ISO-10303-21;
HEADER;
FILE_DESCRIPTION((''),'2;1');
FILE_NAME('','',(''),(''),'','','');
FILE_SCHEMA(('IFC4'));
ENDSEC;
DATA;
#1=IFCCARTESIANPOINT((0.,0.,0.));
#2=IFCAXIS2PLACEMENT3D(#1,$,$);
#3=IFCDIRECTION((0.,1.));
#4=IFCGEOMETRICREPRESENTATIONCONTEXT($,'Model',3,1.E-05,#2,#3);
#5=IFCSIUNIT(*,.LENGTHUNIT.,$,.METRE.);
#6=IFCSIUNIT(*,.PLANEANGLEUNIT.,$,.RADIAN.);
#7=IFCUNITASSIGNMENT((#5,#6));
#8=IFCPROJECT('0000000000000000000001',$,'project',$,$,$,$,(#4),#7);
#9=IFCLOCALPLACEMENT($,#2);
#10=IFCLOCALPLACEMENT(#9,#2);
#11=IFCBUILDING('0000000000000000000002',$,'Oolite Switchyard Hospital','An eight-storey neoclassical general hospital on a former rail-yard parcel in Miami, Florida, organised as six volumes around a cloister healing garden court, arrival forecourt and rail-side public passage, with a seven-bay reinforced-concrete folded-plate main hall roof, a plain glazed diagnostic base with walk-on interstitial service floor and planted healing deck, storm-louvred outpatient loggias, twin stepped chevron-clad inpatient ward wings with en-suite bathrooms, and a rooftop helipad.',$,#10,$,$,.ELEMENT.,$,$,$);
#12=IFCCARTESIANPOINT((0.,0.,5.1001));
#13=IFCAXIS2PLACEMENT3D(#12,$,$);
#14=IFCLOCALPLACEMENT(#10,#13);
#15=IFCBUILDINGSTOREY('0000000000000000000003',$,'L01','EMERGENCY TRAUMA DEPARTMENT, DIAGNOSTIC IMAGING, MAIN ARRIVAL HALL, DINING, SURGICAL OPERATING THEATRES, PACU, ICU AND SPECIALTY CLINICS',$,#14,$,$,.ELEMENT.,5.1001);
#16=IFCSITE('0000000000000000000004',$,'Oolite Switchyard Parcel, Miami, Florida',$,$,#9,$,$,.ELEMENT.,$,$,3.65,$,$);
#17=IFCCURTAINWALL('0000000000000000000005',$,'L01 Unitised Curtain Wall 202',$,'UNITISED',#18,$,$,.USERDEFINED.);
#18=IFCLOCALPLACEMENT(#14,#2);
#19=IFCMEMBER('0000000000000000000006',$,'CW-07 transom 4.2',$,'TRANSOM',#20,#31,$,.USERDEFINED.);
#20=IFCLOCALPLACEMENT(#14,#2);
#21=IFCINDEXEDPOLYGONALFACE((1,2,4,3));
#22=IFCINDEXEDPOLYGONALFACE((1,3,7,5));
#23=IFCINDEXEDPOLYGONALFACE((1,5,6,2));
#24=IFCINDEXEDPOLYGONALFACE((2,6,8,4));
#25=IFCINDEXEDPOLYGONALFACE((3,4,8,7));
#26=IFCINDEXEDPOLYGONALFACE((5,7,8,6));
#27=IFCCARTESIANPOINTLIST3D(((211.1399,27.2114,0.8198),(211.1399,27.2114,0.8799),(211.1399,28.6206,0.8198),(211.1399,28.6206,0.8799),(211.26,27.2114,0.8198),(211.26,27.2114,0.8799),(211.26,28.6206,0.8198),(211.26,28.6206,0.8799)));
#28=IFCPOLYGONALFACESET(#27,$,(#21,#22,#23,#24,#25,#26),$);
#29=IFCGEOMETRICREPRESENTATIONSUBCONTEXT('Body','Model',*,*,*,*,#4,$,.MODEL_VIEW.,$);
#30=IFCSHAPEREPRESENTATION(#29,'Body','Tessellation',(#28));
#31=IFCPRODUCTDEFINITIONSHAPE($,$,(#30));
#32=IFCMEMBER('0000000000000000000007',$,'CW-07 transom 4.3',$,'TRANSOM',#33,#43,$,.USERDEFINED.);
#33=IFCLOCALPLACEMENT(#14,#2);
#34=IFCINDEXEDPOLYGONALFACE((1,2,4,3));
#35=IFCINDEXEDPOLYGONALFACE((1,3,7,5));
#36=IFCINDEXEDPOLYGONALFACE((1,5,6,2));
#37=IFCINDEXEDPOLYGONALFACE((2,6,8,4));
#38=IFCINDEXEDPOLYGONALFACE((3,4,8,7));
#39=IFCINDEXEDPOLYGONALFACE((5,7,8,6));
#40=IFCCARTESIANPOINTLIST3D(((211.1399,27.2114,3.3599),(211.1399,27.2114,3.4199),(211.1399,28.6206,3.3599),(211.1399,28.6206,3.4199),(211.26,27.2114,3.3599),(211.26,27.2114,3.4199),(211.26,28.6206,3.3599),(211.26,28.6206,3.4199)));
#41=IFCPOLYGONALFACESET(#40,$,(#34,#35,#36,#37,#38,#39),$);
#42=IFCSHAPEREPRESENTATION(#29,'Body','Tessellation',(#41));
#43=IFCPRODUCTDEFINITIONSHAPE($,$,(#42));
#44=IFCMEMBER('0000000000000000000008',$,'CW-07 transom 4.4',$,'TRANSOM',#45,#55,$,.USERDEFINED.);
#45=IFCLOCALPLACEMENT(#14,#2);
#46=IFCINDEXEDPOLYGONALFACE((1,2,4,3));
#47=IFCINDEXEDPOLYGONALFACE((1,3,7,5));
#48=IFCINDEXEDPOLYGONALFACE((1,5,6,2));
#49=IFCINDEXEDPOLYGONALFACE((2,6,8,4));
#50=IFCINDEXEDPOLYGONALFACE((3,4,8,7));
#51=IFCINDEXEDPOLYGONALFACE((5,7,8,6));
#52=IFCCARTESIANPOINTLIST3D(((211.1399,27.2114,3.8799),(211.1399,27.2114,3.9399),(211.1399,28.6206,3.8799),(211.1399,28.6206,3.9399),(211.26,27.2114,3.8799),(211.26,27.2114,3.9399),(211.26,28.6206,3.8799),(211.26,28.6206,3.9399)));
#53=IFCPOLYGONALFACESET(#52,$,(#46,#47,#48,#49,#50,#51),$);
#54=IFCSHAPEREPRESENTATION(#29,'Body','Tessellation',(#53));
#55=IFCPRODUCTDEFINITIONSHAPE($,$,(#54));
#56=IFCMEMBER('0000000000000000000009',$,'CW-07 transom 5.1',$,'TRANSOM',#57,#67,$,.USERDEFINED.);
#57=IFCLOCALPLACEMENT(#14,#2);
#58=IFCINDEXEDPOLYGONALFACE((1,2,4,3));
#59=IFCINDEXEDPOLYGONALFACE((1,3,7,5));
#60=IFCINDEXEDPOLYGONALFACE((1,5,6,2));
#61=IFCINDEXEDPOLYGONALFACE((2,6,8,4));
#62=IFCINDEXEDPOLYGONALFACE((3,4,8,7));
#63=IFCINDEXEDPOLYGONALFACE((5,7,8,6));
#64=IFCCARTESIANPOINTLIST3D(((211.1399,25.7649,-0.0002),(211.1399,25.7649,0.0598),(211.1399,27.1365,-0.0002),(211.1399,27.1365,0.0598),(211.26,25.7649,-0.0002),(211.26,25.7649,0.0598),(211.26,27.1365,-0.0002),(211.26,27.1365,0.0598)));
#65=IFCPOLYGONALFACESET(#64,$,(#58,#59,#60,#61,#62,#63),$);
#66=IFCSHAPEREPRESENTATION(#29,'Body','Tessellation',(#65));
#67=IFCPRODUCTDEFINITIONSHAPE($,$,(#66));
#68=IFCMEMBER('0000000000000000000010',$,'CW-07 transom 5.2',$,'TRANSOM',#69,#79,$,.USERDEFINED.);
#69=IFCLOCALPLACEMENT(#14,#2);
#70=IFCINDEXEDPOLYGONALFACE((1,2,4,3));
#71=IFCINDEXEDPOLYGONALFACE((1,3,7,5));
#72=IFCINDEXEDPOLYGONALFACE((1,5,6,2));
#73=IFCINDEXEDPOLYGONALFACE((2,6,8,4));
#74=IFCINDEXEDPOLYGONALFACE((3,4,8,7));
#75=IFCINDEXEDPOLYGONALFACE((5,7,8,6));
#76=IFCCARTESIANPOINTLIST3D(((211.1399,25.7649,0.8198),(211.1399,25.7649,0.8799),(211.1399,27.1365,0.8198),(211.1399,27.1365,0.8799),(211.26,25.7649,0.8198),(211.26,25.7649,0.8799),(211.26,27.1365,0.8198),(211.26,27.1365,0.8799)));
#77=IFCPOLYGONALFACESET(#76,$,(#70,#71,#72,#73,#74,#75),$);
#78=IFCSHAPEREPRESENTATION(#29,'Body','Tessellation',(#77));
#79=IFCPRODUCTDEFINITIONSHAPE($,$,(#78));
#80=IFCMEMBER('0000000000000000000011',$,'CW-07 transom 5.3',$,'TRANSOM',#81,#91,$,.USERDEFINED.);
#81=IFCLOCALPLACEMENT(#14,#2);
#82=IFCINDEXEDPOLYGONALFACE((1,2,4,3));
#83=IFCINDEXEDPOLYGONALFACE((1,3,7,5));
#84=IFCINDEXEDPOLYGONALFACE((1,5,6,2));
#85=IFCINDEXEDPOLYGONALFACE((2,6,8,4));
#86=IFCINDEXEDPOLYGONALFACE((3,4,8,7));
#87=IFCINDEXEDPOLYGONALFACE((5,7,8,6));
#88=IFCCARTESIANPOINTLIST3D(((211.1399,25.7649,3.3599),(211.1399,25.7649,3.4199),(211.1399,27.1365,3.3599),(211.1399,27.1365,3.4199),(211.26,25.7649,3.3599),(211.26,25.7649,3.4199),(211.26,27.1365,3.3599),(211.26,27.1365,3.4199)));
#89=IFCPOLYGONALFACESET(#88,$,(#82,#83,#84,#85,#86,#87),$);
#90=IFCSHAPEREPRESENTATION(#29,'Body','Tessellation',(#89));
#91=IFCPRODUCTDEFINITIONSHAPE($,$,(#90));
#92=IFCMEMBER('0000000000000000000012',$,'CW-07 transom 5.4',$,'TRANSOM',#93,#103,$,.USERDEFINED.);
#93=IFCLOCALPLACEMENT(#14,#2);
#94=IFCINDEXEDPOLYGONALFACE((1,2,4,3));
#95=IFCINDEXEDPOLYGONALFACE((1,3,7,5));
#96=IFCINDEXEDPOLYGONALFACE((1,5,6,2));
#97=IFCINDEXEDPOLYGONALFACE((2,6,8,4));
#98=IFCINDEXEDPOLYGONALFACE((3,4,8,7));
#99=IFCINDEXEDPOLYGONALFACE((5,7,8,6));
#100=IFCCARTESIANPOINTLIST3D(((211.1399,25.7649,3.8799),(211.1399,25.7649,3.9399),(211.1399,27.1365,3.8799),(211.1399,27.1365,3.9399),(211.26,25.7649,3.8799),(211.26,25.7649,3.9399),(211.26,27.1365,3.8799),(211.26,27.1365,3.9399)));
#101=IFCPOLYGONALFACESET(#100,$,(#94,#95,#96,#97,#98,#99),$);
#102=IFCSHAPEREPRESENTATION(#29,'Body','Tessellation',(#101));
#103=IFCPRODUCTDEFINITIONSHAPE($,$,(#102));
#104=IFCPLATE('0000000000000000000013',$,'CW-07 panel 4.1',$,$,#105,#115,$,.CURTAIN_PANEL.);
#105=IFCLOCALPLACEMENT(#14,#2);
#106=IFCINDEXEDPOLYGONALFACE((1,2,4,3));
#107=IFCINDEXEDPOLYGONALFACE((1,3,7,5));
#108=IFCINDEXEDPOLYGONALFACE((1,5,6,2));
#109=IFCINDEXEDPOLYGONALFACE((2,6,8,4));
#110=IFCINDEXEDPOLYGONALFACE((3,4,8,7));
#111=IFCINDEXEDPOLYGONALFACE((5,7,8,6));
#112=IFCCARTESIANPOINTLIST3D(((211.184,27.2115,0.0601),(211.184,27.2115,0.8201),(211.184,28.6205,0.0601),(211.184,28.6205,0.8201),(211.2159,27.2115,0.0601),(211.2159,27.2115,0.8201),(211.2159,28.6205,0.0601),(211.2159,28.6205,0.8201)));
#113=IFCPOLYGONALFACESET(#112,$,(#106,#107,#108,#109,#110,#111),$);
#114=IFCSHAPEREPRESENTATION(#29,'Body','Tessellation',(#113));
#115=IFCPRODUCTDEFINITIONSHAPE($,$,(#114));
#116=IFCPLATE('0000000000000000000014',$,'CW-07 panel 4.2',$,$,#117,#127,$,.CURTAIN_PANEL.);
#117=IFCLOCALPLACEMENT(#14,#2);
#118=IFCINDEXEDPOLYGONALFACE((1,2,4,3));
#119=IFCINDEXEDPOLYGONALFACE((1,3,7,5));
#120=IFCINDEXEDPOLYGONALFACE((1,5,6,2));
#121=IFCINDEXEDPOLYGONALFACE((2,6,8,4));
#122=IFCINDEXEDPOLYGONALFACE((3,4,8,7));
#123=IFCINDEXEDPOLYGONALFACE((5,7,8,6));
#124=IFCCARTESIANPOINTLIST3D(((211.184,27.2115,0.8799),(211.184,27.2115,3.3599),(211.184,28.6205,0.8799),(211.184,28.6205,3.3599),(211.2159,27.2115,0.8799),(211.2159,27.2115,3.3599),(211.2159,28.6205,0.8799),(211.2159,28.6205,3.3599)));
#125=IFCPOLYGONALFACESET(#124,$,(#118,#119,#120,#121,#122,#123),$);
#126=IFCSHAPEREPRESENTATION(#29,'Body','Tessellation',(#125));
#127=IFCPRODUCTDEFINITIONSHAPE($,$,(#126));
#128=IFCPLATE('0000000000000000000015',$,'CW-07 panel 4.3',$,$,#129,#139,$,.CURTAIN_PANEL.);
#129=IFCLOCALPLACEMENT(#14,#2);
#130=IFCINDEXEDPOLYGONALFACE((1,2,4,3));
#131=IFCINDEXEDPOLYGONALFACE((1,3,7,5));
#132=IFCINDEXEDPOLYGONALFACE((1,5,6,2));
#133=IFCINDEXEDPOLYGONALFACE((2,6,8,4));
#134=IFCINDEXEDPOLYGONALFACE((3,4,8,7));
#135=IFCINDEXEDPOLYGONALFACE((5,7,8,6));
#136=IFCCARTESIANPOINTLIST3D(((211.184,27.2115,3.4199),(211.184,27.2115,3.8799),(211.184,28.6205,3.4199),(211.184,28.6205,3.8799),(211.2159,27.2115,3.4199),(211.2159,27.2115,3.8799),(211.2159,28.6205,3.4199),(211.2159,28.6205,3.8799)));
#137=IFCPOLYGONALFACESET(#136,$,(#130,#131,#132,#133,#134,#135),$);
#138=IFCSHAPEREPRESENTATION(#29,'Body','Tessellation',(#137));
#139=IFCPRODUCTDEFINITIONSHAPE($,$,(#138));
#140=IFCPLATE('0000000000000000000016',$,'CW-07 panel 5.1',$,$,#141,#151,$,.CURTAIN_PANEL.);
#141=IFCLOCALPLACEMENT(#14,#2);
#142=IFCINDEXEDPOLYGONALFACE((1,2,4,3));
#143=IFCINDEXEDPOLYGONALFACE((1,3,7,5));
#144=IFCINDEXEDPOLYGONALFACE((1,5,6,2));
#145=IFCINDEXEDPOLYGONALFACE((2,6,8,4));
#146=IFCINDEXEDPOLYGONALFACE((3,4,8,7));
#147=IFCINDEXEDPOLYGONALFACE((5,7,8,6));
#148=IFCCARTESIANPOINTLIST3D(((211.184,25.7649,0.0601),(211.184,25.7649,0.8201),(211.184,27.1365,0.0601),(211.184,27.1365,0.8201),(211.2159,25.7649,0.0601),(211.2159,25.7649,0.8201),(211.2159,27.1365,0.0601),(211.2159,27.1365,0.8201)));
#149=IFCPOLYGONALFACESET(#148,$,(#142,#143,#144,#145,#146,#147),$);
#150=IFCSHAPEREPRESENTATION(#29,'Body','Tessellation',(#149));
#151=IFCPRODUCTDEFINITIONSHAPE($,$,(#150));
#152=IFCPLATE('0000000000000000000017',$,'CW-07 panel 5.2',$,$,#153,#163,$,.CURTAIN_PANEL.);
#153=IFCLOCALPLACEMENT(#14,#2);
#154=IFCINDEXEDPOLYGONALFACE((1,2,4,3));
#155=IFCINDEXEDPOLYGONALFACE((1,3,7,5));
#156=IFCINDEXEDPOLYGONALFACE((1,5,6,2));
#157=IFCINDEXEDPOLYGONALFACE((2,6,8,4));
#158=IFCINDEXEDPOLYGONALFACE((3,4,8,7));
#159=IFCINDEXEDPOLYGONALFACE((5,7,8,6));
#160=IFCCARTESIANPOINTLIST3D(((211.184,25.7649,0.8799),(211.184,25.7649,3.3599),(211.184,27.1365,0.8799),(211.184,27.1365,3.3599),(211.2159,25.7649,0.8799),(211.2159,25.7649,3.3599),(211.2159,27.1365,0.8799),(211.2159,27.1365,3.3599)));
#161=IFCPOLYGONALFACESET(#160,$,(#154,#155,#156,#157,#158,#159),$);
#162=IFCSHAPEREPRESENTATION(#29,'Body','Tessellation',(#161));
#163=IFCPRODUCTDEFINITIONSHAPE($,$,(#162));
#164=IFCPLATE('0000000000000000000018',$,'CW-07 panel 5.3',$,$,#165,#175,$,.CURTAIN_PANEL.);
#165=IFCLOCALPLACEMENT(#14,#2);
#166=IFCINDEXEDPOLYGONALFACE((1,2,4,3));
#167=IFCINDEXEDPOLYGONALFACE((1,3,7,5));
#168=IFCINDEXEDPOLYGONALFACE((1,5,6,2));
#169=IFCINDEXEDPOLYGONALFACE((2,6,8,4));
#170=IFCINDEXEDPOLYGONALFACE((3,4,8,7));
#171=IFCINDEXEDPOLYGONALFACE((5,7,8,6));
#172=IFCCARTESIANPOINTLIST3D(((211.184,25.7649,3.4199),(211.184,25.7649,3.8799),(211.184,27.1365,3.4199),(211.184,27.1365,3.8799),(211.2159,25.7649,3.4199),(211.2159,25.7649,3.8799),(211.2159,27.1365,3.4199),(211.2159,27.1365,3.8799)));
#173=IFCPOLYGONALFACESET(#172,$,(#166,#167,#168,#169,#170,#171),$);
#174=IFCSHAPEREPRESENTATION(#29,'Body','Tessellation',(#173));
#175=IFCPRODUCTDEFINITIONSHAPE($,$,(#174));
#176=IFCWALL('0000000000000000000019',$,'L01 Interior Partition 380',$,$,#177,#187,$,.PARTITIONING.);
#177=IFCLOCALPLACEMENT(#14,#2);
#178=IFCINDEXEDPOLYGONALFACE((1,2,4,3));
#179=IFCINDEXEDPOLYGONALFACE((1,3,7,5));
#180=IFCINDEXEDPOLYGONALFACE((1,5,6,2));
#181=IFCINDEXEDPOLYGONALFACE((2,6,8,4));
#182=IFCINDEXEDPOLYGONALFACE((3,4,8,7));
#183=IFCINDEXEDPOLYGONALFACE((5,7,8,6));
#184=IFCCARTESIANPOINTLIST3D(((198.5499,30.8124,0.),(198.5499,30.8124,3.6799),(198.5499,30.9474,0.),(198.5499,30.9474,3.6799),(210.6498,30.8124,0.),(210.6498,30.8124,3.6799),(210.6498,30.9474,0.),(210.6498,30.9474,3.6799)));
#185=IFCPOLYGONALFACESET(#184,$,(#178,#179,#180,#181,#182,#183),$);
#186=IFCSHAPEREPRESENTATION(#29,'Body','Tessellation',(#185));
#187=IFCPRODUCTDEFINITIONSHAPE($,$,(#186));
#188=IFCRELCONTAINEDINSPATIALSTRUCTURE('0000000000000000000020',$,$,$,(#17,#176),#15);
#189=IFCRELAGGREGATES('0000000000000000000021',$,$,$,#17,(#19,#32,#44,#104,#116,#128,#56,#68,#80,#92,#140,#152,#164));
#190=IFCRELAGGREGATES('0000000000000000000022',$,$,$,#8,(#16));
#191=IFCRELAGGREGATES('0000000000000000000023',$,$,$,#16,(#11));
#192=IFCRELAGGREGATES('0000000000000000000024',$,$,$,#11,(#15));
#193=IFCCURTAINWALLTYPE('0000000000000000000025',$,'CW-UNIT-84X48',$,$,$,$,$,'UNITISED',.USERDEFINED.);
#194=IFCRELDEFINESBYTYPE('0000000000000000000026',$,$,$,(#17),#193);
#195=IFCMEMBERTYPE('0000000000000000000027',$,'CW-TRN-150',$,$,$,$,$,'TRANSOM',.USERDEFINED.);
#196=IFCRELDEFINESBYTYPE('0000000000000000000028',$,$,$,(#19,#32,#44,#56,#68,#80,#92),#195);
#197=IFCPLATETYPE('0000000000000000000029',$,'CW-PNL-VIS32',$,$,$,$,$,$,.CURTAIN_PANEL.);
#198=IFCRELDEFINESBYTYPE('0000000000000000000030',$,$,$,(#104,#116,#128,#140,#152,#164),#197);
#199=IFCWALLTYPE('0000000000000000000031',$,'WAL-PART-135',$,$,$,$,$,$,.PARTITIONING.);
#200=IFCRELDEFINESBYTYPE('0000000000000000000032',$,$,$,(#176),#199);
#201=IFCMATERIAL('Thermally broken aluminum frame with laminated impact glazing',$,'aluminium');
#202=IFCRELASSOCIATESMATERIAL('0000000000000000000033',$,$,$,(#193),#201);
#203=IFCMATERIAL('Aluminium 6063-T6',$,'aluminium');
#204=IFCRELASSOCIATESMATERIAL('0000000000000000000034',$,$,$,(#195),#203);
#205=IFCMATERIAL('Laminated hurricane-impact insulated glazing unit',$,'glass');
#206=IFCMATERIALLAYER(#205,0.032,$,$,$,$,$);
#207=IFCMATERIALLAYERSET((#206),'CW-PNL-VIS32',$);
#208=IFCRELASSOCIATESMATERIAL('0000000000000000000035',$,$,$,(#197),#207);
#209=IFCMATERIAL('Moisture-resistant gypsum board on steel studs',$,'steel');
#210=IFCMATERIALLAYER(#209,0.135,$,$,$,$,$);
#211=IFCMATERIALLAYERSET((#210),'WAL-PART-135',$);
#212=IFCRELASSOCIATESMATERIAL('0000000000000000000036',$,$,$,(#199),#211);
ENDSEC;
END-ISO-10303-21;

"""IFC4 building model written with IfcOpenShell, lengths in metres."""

from ifc_helpers import new_model, si_unit, direction, frame, frame_2d, origin, origin_2d, place, context, subcontext, project, spatial, rectangle, extrude, material, layer, layer_set, material_profile, profile_set, type_object, element, aggregate, save


model = new_model("IFC4")

# Units and contexts
model_context = context("Model", 3, precision=1e-05, world=origin(), true_north=direction((0.0, 1.0)))
body_context = subcontext(model_context, "Body", "Model", "MODEL_VIEW")
ifc_project = project(units=[si_unit("LENGTHUNIT", "METRE"), si_unit("PLANEANGLEUNIT", "RADIAN")], contexts=[model_context])

# Site, building, storey
site_placement = place(None, origin())
site = spatial("IfcSite", under=ifc_project, at=site_placement, Name="Oolite Switchyard Parcel, Miami, Florida", CompositionType="ELEMENT", RefElevation=3.65)
building_placement = place(site_placement, origin())
building = spatial("IfcBuilding", under=site, at=building_placement, Name="Oolite Switchyard Hospital", Description="An eight-storey neoclassical general hospital on a former rail-yard parcel in Miami, Florida, organised as six volumes around a cloister healing garden court, arrival forecourt and rail-side public passage, with a seven-bay reinforced-concrete folded-plate main hall roof, a plain glazed diagnostic base with walk-on interstitial service floor and planted healing deck, storm-louvred outpatient loggias, twin stepped chevron-clad inpatient ward wings with en-suite bathrooms, and a rooftop helipad.", CompositionType="ELEMENT")
storey_placement = place(building_placement, frame((0.0, 0.0, 5.1001)))
storey = spatial("IfcBuildingStorey", under=building, at=storey_placement, Name="L01", Description="EMERGENCY TRAUMA DEPARTMENT, DIAGNOSTIC IMAGING, MAIN ARRIVAL HALL, DINING, SURGICAL OPERATING THEATRES, PACU, ICU AND SPECIALTY CLINICS", CompositionType="ELEMENT", Elevation=5.1001)

# Curtain wall, members, plates
ifc_material_1 = material(Name="Thermally broken aluminum frame with laminated impact glazing", Category="aluminium")
curtain_wall_type = type_object("IfcCurtainWallType", Name="CW-UNIT-84X48", ElementType="UNITISED", PredefinedType="USERDEFINED", material=ifc_material_1)
curtain_wall_placement = place(storey_placement, origin())
curtain_wall = element("IfcCurtainWall", 1, at=curtain_wall_placement, inside=storey, type_object=curtain_wall_type, Name="L01 Unitised Curtain Wall 202", ObjectType="UNITISED", PredefinedType="USERDEFINED")
ifc_material_2 = material(Name="Aluminium 6063-T6", Category="aluminium")
ifc_material_profile_1 = material_profile(ifc_material_2, rectangle(XDim=0.1201, YDim=0.0601, at=origin_2d()), Name="CWT60X120")
ifc_profile_set_1 = profile_set([ifc_material_profile_1], Name="Aluminium 6063-T6")
member_type_1 = type_object("IfcMemberType", Name="CW-TRN-150", ElementType="TRANSOM", PredefinedType="USERDEFINED", material=ifc_profile_set_1)
member_1_placement = place(storey_placement, frame((211.2, 28.6206, 0.8499), z_axis=(0.0, -1.0, 0.0), x_axis=(1.0, 0.0, 0.0)))
member_1 = element("IfcMember", 2, at=member_1_placement, type_object=member_type_1, Name="CW-07 transom 4.2", ObjectType="TRANSOM", PredefinedType="USERDEFINED", context=body_context, shape_type="SweptSolid", body=[
    extrude(rectangle(XDim=0.1201, YDim=0.0601, at=origin_2d()), origin(), (0.0, 0.0, 1.0), 1.4092),
])
member_2_placement = place(storey_placement, frame((211.2, 28.6206, 3.3899), z_axis=(0.0, -1.0, 0.0), x_axis=(1.0, 0.0, 0.0)))
member_2 = element("IfcMember", 3, at=member_2_placement, type_object=member_type_1, Name="CW-07 transom 4.3", ObjectType="TRANSOM", PredefinedType="USERDEFINED", context=body_context, shape_type="SweptSolid", body=[
    extrude(rectangle(XDim=0.1201, YDim=0.0601, at=origin_2d()), origin(), (0.0, 0.0, 1.0), 1.4092),
])
member_3_placement = place(storey_placement, frame((211.2, 28.6206, 3.9099), z_axis=(0.0, -1.0, 0.0), x_axis=(1.0, 0.0, 0.0)))
member_3 = element("IfcMember", 4, at=member_3_placement, type_object=member_type_1, Name="CW-07 transom 4.4", ObjectType="TRANSOM", PredefinedType="USERDEFINED", context=body_context, shape_type="SweptSolid", body=[
    extrude(rectangle(XDim=0.1201, YDim=0.0601, at=origin_2d()), origin(), (0.0, 0.0, 1.0), 1.4092),
])
member_4_placement = place(storey_placement, frame((211.2, 27.1365, 0.0298), z_axis=(0.0, -1.0, 0.0), x_axis=(1.0, 0.0, 0.0)))
member_4 = element("IfcMember", 5, at=member_4_placement, type_object=member_type_1, Name="CW-07 transom 5.1", ObjectType="TRANSOM", PredefinedType="USERDEFINED", context=body_context, shape_type="SweptSolid", body=[
    extrude(rectangle(XDim=0.1201, YDim=0.0601, at=origin_2d()), origin(), (0.0, 0.0, 1.0), 1.3716),
])
member_5_placement = place(storey_placement, frame((211.2, 27.1365, 0.8499), z_axis=(0.0, -1.0, 0.0), x_axis=(1.0, 0.0, 0.0)))
member_5 = element("IfcMember", 6, at=member_5_placement, type_object=member_type_1, Name="CW-07 transom 5.2", ObjectType="TRANSOM", PredefinedType="USERDEFINED", context=body_context, shape_type="SweptSolid", body=[
    extrude(rectangle(XDim=0.1201, YDim=0.0601, at=origin_2d()), origin(), (0.0, 0.0, 1.0), 1.3716),
])
member_6_placement = place(storey_placement, frame((211.2, 27.1365, 3.3899), z_axis=(0.0, -1.0, 0.0), x_axis=(1.0, 0.0, 0.0)))
member_6 = element("IfcMember", 7, at=member_6_placement, type_object=member_type_1, Name="CW-07 transom 5.3", ObjectType="TRANSOM", PredefinedType="USERDEFINED", context=body_context, shape_type="SweptSolid", body=[
    extrude(rectangle(XDim=0.1201, YDim=0.0601, at=origin_2d()), origin(), (0.0, 0.0, 1.0), 1.3716),
])
member_7_placement = place(storey_placement, frame((211.2, 27.1365, 3.9099), z_axis=(0.0, -1.0, 0.0), x_axis=(1.0, 0.0, 0.0)))
member_7 = element("IfcMember", 8, at=member_7_placement, type_object=member_type_1, Name="CW-07 transom 5.4", ObjectType="TRANSOM", PredefinedType="USERDEFINED", context=body_context, shape_type="SweptSolid", body=[
    extrude(rectangle(XDim=0.1201, YDim=0.0601, at=origin_2d()), origin(), (0.0, 0.0, 1.0), 1.3716),
])
ifc_material_3 = material(Name="Laminated hurricane-impact insulated glazing unit", Category="glass")
ifc_layer_1 = layer(ifc_material_3, 0.032)
ifc_layer_set_1 = layer_set([ifc_layer_1], Name="CW-PNL-VIS32")
plate_type = type_object("IfcPlateType", Name="CW-PNL-VIS32", PredefinedType="CURTAIN_PANEL", material=ifc_layer_set_1)
plate_1_placement = place(storey_placement, frame((211.2, 27.916, 0.0601), z_axis=(0.0, 0.0, 1.0), x_axis=(0.0, -1.0, 0.0)))
plate_1 = element("IfcPlate", 9, at=plate_1_placement, type_object=plate_type, Name="CW-07 panel 4.1", PredefinedType="CURTAIN_PANEL", context=body_context, shape_type="SweptSolid", body=[
    extrude(rectangle(XDim=1.4089, YDim=0.032, at=origin_2d()), origin(), (0.0, 0.0, 1.0), 0.76),
])
plate_2_placement = place(storey_placement, frame((211.2, 27.916, 0.8799), z_axis=(0.0, 0.0, 1.0), x_axis=(0.0, -1.0, 0.0)))
plate_2 = element("IfcPlate", 10, at=plate_2_placement, type_object=plate_type, Name="CW-07 panel 4.2", PredefinedType="CURTAIN_PANEL", context=body_context, shape_type="SweptSolid", body=[
    extrude(rectangle(XDim=1.4089, YDim=0.032, at=origin_2d()), origin(), (0.0, 0.0, 1.0), 2.48),
])
plate_3_placement = place(storey_placement, frame((211.2, 27.916, 3.4199), z_axis=(0.0, 0.0, 1.0), x_axis=(0.0, -1.0, 0.0)))
plate_3 = element("IfcPlate", 11, at=plate_3_placement, type_object=plate_type, Name="CW-07 panel 4.3", PredefinedType="CURTAIN_PANEL", context=body_context, shape_type="SweptSolid", body=[
    extrude(rectangle(XDim=1.4089, YDim=0.032, at=origin_2d()), origin(), (0.0, 0.0, 1.0), 0.46),
])
plate_4_placement = place(storey_placement, frame((211.2, 26.4507, 0.0601), z_axis=(0.0, 0.0, 1.0), x_axis=(0.0, -1.0, 0.0)))
plate_4 = element("IfcPlate", 12, at=plate_4_placement, type_object=plate_type, Name="CW-07 panel 5.1", PredefinedType="CURTAIN_PANEL", context=body_context, shape_type="SweptSolid", body=[
    extrude(rectangle(XDim=1.3716, YDim=0.032, at=origin_2d()), origin(), (0.0, 0.0, 1.0), 0.76),
])
plate_5_placement = place(storey_placement, frame((211.2, 26.4507, 0.8799), z_axis=(0.0, 0.0, 1.0), x_axis=(0.0, -1.0, 0.0)))
plate_5 = element("IfcPlate", 13, at=plate_5_placement, type_object=plate_type, Name="CW-07 panel 5.2", PredefinedType="CURTAIN_PANEL", context=body_context, shape_type="SweptSolid", body=[
    extrude(rectangle(XDim=1.3716, YDim=0.032, at=origin_2d()), origin(), (0.0, 0.0, 1.0), 2.48),
])
plate_6_placement = place(storey_placement, frame((211.2, 26.4507, 3.4199), z_axis=(0.0, 0.0, 1.0), x_axis=(0.0, -1.0, 0.0)))
plate_6 = element("IfcPlate", 14, at=plate_6_placement, type_object=plate_type, Name="CW-07 panel 5.3", PredefinedType="CURTAIN_PANEL", context=body_context, shape_type="SweptSolid", body=[
    extrude(rectangle(XDim=1.3716, YDim=0.032, at=origin_2d()), origin(), (0.0, 0.0, 1.0), 0.46),
])
aggregate(curtain_wall, [member_1, member_2, member_3, plate_1, plate_2, plate_3, member_4, member_5, member_6, member_7, plate_4, plate_5, plate_6])

# Wall
ifc_material_4 = material(Name="Moisture-resistant gypsum board on steel studs", Category="steel")
ifc_layer_2 = layer(ifc_material_4, 0.135)
ifc_layer_set_2 = layer_set([ifc_layer_2], Name="WAL-PART-135")
wall_type_1 = type_object("IfcWallType", Name="WAL-PART-135", PredefinedType="PARTITIONING", material=ifc_layer_set_2)
wall_1_placement = place(storey_placement, frame((198.55, 30.8799, 0.0), z_axis=(0.0, 0.0, 1.0), x_axis=(1.0, 0.0, 0.0)))
element("IfcWall", 15, at=wall_1_placement, inside=storey, type_object=wall_type_1, Name="L01 Interior Partition 380", PredefinedType="PARTITIONING", context=body_context, shape_type="SweptSolid", body=[
    extrude(rectangle(XDim=12.0999, YDim=0.135, at=frame_2d((6.0498, 0.0))), origin(), (0.0, 0.0, 1.0), 3.6799),
])

save(model, "model.ifc")
